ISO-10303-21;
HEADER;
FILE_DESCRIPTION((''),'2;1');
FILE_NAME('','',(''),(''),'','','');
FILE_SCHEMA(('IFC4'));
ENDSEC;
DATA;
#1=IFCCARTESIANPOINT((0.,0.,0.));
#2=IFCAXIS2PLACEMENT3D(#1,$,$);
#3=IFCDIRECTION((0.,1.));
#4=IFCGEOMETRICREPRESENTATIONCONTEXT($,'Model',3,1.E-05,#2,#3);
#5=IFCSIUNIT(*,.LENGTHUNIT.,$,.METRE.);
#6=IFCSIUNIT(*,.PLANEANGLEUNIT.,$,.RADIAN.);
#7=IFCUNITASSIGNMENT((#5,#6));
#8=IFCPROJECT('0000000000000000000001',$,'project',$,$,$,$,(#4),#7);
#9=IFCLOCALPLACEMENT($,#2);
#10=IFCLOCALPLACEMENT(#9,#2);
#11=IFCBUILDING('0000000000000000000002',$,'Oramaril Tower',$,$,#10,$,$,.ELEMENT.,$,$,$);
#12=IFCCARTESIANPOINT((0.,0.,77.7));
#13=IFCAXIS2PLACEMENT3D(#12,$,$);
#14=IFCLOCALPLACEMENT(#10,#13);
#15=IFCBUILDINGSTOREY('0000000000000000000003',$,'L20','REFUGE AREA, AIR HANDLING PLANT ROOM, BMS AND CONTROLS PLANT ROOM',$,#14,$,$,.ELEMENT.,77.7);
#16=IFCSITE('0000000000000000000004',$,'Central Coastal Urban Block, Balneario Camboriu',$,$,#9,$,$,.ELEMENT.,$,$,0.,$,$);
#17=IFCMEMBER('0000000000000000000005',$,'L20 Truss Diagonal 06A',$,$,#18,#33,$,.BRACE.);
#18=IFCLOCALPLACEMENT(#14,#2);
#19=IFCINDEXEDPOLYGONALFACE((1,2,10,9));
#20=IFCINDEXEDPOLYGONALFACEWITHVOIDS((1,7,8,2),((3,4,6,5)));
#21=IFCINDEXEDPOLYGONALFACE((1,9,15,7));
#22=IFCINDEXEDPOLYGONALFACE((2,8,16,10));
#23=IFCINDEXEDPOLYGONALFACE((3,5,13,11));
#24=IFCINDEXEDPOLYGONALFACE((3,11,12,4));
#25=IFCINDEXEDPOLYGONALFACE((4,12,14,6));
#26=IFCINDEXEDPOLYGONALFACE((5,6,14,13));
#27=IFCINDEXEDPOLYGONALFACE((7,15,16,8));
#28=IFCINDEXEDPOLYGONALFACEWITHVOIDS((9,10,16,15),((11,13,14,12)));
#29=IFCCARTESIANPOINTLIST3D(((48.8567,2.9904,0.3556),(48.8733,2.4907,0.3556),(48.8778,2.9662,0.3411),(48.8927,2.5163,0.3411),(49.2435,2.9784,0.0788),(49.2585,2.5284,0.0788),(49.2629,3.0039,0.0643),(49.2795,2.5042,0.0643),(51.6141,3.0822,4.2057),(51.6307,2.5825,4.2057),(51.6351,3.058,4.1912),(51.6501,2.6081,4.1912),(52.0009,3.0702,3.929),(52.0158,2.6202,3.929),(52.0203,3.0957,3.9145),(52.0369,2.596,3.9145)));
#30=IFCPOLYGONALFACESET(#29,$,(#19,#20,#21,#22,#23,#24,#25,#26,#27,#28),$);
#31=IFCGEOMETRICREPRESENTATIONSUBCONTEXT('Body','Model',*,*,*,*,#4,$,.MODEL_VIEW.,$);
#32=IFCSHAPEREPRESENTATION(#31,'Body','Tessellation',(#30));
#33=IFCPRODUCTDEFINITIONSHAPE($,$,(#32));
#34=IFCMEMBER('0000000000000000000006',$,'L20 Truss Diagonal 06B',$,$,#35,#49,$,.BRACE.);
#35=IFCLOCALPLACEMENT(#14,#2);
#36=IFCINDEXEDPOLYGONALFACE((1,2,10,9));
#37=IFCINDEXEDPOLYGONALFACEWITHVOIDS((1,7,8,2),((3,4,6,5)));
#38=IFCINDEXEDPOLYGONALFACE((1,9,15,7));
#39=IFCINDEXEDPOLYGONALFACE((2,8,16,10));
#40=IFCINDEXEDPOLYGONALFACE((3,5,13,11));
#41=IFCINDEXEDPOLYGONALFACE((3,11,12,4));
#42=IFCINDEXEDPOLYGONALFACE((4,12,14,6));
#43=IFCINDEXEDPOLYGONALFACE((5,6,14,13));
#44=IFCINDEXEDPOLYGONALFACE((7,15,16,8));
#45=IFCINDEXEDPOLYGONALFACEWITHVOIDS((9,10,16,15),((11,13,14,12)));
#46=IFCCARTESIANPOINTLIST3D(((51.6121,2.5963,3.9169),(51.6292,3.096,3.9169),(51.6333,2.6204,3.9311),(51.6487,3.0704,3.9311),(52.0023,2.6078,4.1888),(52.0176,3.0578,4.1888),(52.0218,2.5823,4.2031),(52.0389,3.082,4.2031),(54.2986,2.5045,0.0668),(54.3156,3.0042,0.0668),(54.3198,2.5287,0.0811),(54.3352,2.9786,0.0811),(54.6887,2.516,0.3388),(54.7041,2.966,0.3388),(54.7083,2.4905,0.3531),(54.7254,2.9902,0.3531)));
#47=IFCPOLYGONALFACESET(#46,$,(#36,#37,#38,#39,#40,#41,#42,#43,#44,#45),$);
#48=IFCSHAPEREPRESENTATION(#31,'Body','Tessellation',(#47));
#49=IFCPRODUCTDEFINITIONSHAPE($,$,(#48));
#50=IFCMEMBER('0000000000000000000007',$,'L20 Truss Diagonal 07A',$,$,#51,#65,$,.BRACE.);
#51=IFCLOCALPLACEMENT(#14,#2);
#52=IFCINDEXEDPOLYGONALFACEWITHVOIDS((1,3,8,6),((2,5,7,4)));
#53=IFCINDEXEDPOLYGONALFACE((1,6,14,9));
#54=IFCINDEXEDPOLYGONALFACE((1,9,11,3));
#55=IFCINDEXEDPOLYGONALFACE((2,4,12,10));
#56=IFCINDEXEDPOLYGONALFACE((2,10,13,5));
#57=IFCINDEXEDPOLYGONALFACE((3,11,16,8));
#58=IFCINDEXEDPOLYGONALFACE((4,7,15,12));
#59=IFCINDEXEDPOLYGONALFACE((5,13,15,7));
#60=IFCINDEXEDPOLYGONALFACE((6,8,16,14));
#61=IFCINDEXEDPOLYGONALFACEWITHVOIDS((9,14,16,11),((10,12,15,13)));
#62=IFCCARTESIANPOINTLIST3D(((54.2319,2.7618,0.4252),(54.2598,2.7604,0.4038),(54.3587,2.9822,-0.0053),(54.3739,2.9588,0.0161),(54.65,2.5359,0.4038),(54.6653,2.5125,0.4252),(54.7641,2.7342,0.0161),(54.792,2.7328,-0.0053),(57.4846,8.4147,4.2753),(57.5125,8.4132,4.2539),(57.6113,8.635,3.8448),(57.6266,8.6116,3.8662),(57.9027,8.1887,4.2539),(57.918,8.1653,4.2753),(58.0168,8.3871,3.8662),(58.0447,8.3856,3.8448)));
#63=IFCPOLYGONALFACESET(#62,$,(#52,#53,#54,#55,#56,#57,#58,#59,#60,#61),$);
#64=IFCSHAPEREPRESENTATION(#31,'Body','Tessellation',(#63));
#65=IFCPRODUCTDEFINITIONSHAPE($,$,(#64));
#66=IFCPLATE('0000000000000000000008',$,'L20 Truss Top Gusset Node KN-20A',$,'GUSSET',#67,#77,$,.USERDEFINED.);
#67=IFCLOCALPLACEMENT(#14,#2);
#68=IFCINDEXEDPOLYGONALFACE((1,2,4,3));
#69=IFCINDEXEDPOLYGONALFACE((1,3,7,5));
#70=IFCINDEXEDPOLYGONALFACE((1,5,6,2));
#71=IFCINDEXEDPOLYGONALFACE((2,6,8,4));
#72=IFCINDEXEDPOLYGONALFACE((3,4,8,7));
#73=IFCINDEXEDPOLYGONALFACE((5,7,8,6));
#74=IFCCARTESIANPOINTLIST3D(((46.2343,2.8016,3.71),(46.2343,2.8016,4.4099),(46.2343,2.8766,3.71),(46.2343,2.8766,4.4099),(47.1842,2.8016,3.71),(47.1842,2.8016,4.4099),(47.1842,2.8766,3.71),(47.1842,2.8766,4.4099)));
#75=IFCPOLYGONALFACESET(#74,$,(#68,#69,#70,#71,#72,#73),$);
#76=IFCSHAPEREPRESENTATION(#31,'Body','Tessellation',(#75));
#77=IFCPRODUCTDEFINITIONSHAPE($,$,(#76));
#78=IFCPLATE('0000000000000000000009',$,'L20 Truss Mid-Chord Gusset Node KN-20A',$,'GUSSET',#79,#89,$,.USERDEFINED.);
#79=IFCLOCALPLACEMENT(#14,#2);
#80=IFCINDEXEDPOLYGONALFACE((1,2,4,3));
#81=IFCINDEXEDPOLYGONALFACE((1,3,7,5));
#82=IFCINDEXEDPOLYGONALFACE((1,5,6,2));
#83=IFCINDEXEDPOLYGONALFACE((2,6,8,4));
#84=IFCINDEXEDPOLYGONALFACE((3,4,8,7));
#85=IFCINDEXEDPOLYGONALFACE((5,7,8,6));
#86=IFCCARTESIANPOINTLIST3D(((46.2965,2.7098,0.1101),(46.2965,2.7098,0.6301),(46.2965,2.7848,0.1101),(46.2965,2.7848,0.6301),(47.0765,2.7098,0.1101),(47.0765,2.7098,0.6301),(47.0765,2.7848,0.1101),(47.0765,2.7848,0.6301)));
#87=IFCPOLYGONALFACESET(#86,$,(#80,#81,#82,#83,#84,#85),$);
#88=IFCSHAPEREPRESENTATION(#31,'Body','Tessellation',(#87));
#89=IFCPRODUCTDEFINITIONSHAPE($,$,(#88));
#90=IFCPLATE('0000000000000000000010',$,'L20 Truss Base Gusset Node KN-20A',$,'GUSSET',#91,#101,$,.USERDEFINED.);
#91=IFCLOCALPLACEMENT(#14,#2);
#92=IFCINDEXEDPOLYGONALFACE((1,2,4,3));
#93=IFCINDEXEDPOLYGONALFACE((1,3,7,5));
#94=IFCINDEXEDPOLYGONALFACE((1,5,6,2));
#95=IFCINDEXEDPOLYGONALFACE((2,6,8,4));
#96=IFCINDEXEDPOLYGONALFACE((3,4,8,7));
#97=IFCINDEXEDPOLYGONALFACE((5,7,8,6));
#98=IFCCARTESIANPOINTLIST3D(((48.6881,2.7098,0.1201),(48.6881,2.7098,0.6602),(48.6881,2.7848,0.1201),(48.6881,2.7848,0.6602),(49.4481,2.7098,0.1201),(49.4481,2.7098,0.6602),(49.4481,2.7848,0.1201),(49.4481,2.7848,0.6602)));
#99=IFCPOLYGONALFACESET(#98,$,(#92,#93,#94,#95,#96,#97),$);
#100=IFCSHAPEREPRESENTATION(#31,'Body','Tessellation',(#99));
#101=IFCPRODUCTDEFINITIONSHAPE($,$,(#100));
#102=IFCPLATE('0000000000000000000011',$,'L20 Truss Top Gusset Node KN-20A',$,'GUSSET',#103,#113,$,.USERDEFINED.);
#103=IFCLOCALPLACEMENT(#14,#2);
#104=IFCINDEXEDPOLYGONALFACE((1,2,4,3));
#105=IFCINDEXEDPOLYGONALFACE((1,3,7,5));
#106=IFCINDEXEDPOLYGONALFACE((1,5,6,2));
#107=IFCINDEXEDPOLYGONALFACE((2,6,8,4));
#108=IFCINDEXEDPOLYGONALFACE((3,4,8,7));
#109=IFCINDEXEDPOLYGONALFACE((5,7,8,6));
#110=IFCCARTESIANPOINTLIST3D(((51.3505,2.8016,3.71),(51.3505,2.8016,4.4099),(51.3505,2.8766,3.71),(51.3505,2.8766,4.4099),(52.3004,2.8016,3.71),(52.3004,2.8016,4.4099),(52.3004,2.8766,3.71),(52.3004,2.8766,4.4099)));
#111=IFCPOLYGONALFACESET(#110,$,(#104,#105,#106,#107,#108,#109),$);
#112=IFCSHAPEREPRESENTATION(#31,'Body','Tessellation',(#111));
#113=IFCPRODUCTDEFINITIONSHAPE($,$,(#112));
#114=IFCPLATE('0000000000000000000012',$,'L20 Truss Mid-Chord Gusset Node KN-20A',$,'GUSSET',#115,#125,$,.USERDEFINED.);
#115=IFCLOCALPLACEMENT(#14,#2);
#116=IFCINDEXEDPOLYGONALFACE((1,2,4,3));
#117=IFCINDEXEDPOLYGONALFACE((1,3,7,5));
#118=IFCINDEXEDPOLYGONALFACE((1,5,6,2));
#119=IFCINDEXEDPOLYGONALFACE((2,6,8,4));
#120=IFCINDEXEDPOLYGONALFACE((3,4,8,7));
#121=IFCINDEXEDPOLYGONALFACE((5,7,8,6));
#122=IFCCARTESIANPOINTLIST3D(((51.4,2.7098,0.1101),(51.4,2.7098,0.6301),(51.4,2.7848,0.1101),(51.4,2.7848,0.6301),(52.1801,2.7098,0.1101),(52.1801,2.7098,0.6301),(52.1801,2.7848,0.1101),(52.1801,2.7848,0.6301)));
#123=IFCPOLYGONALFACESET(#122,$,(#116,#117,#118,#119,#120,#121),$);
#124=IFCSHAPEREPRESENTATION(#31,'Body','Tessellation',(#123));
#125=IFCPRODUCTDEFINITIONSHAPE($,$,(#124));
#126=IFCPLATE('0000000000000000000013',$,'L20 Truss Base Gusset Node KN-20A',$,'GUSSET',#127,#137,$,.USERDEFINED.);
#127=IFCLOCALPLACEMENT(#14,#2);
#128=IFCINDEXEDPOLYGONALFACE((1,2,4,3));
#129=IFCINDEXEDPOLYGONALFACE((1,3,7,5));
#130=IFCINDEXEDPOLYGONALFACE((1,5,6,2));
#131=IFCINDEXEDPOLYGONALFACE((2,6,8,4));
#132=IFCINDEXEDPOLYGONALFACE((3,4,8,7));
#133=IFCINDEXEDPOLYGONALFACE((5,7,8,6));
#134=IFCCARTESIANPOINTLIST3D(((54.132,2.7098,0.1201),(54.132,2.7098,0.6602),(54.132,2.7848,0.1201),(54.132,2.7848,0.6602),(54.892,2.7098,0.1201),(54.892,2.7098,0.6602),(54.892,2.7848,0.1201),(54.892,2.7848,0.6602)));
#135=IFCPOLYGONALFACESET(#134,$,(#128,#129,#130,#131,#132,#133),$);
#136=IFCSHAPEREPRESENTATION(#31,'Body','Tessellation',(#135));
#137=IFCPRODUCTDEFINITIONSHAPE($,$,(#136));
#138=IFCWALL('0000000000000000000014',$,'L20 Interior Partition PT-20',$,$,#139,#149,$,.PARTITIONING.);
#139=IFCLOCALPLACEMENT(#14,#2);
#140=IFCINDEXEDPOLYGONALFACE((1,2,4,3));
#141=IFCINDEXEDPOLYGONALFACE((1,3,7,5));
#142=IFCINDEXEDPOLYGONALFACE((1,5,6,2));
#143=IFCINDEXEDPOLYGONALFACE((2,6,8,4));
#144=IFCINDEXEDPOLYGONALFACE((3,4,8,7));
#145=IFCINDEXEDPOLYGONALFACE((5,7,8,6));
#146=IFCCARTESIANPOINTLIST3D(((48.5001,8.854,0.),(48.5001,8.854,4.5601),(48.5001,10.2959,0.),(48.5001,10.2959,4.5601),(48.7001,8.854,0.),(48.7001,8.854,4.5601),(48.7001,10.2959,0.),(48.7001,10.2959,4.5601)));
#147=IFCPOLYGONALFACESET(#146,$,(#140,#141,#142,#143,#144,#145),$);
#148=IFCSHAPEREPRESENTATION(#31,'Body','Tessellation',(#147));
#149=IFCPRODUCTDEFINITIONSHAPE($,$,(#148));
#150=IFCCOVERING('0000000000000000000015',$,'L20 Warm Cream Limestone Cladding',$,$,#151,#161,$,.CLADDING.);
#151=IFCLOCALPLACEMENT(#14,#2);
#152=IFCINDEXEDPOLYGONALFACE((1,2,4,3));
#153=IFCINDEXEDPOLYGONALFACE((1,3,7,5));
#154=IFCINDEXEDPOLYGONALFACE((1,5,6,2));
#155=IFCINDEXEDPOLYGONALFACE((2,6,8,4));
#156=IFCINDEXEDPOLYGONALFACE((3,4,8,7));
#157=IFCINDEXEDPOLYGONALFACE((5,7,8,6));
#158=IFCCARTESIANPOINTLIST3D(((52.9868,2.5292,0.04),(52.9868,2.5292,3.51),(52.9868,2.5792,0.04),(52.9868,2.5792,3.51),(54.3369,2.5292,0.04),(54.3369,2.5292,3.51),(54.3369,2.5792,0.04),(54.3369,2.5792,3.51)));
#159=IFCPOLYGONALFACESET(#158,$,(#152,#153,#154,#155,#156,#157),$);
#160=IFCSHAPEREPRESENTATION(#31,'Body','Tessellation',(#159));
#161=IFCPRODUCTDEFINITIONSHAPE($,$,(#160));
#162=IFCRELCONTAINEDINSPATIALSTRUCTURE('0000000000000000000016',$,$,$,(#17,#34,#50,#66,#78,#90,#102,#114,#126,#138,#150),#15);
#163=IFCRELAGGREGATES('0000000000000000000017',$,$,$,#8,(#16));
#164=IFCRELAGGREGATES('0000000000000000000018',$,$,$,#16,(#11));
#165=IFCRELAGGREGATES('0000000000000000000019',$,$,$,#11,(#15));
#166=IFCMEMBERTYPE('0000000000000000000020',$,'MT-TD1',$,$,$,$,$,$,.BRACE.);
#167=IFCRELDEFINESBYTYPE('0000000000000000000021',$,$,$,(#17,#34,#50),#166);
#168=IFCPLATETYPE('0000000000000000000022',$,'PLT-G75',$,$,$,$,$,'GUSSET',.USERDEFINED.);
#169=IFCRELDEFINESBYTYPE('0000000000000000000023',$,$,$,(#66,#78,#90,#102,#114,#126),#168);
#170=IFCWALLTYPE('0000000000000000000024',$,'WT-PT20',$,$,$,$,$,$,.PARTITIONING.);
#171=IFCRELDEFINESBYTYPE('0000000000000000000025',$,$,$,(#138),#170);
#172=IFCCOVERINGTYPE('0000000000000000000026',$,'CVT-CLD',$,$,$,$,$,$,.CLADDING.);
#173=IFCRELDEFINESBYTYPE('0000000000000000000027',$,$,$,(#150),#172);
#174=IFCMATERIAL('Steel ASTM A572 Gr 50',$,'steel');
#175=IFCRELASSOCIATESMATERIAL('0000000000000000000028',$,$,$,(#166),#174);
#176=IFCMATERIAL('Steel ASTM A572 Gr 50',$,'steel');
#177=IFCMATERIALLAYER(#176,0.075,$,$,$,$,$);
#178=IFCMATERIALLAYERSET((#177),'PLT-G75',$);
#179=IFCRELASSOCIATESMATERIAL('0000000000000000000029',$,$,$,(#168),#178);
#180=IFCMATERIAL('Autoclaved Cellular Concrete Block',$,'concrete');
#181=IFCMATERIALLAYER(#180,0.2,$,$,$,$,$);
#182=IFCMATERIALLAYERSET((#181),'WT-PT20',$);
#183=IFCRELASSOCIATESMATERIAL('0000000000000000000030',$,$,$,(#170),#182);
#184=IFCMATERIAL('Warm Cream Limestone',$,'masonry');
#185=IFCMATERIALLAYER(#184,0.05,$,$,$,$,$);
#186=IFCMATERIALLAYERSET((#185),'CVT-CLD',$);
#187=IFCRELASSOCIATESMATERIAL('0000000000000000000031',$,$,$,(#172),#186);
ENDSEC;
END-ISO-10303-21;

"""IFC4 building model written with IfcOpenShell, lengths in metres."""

from ifc_helpers import new_model, si_unit, direction, frame, frame_2d, origin, origin_2d, place, context, subcontext, project, spatial, rectangle, hollow_rectangle, extrude, material, layer, layer_set, material_profile, profile_set, type_object, element, save


model = new_model("IFC4")

# Units and contexts
model_context = context("Model", 3, precision=1e-05, world=origin(), true_north=direction((0.0, 1.0)))
body_context = subcontext(model_context, "Body", "Model", "MODEL_VIEW")
ifc_project = project(units=[si_unit("LENGTHUNIT", "METRE"), si_unit("PLANEANGLEUNIT", "RADIAN")], contexts=[model_context])

# Site, building, storey
site_placement = place(None, origin())
site = spatial("IfcSite", under=ifc_project, at=site_placement, Name="Central Coastal Urban Block, Balneario Camboriu", CompositionType="ELEMENT", RefElevation=0.0)
building_placement = place(site_placement, origin())
building = spatial("IfcBuilding", under=site, at=building_placement, Name="Oramaril Tower", CompositionType="ELEMENT")
storey_placement = place(building_placement, frame((0.0, 0.0, 77.7)))
storey = spatial("IfcBuildingStorey", under=building, at=storey_placement, Name="L20", Description="REFUGE AREA, AIR HANDLING PLANT ROOM, BMS AND CONTROLS PLANT ROOM", CompositionType="ELEMENT", Elevation=77.7)

# Members
ifc_material_1 = material(Name="Steel ASTM A572 Gr 50", Category="steel")
ifc_material_profile_1 = material_profile(ifc_material_1, hollow_rectangle(XDim=0.5, YDim=0.5, WallThickness=0.0249, at=origin_2d()), Name="HSS500X500X25")
ifc_profile_set_1 = profile_set([ifc_material_profile_1], Name="Steel ASTM A572 Gr 50")
member_type_1 = type_object("IfcMemberType", Name="MT-TD1", PredefinedType="BRACE", material=ifc_profile_set_1)
member_1_placement = place(storey_placement, frame((49.0681, 2.7473, 0.21), z_axis=(0.582143, 0.019381, 0.812856), x_axis=(-0.033274, 0.999446, 0.0)))
element("IfcMember", 1, at=member_1_placement, inside=storey, type_object=member_type_1, Name="L20 Truss Diagonal 06A", PredefinedType="BRACE", context=body_context, shape_type="SweptSolid", body=[
    extrude(hollow_rectangle(XDim=0.5, YDim=0.5, WallThickness=0.0249, at=origin_2d()), origin(), (0.0, 0.0, 1.0), 4.7366),
])
member_2_placement = place(storey_placement, frame((54.512, 2.7473, 0.21), z_axis=(-0.572131, 0.019549, 0.819929), x_axis=(-0.034149, -0.999417, 0.0)))
element("IfcMember", 2, at=member_2_placement, inside=storey, type_object=member_type_1, Name="L20 Truss Diagonal 06B", PredefinedType="BRACE", context=body_context, shape_type="SweptSolid", body=[
    extrude(hollow_rectangle(XDim=0.5, YDim=0.5, WallThickness=0.0249, at=origin_2d()), origin(), (0.0, 0.0, 1.0), 4.6956),
])
member_3_placement = place(storey_placement, frame((54.512, 2.7473, 0.21), z_axis=(0.429483, 0.746397, 0.508365), x_axis=(-0.866753, 0.498737, 0.0)))
element("IfcMember", 3, at=member_3_placement, inside=storey, type_object=member_type_1, Name="L20 Truss Diagonal 07A", PredefinedType="BRACE", context=body_context, shape_type="SweptSolid", body=[
    extrude(hollow_rectangle(XDim=0.5, YDim=0.5, WallThickness=0.0249, at=origin_2d()), origin(), (0.0, 0.0, 1.0), 7.5735),
])

# Plates
ifc_material_2 = material(Name="Steel ASTM A572 Gr 50", Category="steel")
ifc_layer_1 = layer(ifc_material_2, 0.075)
ifc_layer_set_1 = layer_set([ifc_layer_1], Name="PLT-G75")
plate_type = type_object("IfcPlateType", Name="PLT-G75", ElementType="GUSSET", PredefinedType="USERDEFINED", material=ifc_layer_set_1)
plate_1_placement = place(storey_placement, frame((46.7092, 2.8391, 3.71), z_axis=(0.0, 0.0, 1.0), x_axis=(1.0, 0.0, 0.0)))
element("IfcPlate", 4, at=plate_1_placement, inside=storey, type_object=plate_type, Name="L20 Truss Top Gusset Node KN-20A", ObjectType="GUSSET", PredefinedType="USERDEFINED", context=body_context, shape_type="SweptSolid", body=[
    extrude(rectangle(XDim=0.95, YDim=0.075, at=origin_2d()), origin(), (0.0, 0.0, 1.0), 0.7),
])
plate_2_placement = place(storey_placement, frame((46.6865, 2.7473, 0.1101), z_axis=(0.0, 0.0, 1.0), x_axis=(1.0, 0.0, 0.0)))
element("IfcPlate", 5, at=plate_2_placement, inside=storey, type_object=plate_type, Name="L20 Truss Mid-Chord Gusset Node KN-20A", ObjectType="GUSSET", PredefinedType="USERDEFINED", context=body_context, shape_type="SweptSolid", body=[
    extrude(rectangle(XDim=0.78, YDim=0.075, at=origin_2d()), origin(), (0.0, 0.0, 1.0), 0.52),
])
plate_3_placement = place(storey_placement, frame((49.0681, 2.7473, 0.1201), z_axis=(0.0, 0.0, 1.0), x_axis=(1.0, 0.0, 0.0)))
element("IfcPlate", 6, at=plate_3_placement, inside=storey, type_object=plate_type, Name="L20 Truss Base Gusset Node KN-20A", ObjectType="GUSSET", PredefinedType="USERDEFINED", context=body_context, shape_type="SweptSolid", body=[
    extrude(rectangle(XDim=0.76, YDim=0.075, at=origin_2d()), origin(), (0.0, 0.0, 1.0), 0.54),
])
plate_4_placement = place(storey_placement, frame((51.8254, 2.8391, 3.71), z_axis=(0.0, 0.0, 1.0), x_axis=(1.0, 0.0, 0.0)))
element("IfcPlate", 7, at=plate_4_placement, inside=storey, type_object=plate_type, Name="L20 Truss Top Gusset Node KN-20A", ObjectType="GUSSET", PredefinedType="USERDEFINED", context=body_context, shape_type="SweptSolid", body=[
    extrude(rectangle(XDim=0.95, YDim=0.075, at=origin_2d()), origin(), (0.0, 0.0, 1.0), 0.7),
])
plate_5_placement = place(storey_placement, frame((51.79, 2.7473, 0.1101), z_axis=(0.0, 0.0, 1.0), x_axis=(1.0, 0.0, 0.0)))
element("IfcPlate", 8, at=plate_5_placement, inside=storey, type_object=plate_type, Name="L20 Truss Mid-Chord Gusset Node KN-20A", ObjectType="GUSSET", PredefinedType="USERDEFINED", context=body_context, shape_type="SweptSolid", body=[
    extrude(rectangle(XDim=0.78, YDim=0.075, at=origin_2d()), origin(), (0.0, 0.0, 1.0), 0.52),
])
plate_6_placement = place(storey_placement, frame((54.512, 2.7473, 0.1201), z_axis=(0.0, 0.0, 1.0), x_axis=(1.0, 0.0, 0.0)))
element("IfcPlate", 9, at=plate_6_placement, inside=storey, type_object=plate_type, Name="L20 Truss Base Gusset Node KN-20A", ObjectType="GUSSET", PredefinedType="USERDEFINED", context=body_context, shape_type="SweptSolid", body=[
    extrude(rectangle(XDim=0.76, YDim=0.075, at=origin_2d()), origin(), (0.0, 0.0, 1.0), 0.54),
])

# Wall
ifc_material_3 = material(Name="Autoclaved Cellular Concrete Block", Category="concrete")
ifc_layer_2 = layer(ifc_material_3, 0.2)
ifc_layer_set_2 = layer_set([ifc_layer_2], Name="WT-PT20")
wall_type = type_object("IfcWallType", Name="WT-PT20", PredefinedType="PARTITIONING", material=ifc_layer_set_2)
wall_placement = place(storey_placement, frame((48.6001, 8.854, 0.0), z_axis=(0.0, 0.0, 1.0), x_axis=(0.0, 1.0, 0.0)))
element("IfcWall", 10, at=wall_placement, inside=storey, type_object=wall_type, Name="L20 Interior Partition PT-20", PredefinedType="PARTITIONING", context=body_context, shape_type="SweptSolid", body=[
    extrude(rectangle(XDim=1.4419, YDim=0.2, at=frame_2d((0.7209, 0.0))), origin(), (0.0, 0.0, 1.0), 4.5601),
])

# Covering
ifc_material_4 = material(Name="Warm Cream Limestone", Category="masonry")
ifc_layer_3 = layer(ifc_material_4, 0.05)
ifc_layer_set_3 = layer_set([ifc_layer_3], Name="CVT-CLD")
covering_type = type_object("IfcCoveringType", Name="CVT-CLD", PredefinedType="CLADDING", material=ifc_layer_set_3)
covering_placement = place(storey_placement, frame((53.6619, 2.5542, 0.04), z_axis=(0.0, 0.0, 1.0), x_axis=(1.0, 0.0, 0.0)))
element("IfcCovering", 11, at=covering_placement, inside=storey, type_object=covering_type, Name="L20 Warm Cream Limestone Cladding", PredefinedType="CLADDING", context=body_context, shape_type="SweptSolid", body=[
    extrude(rectangle(XDim=1.3501, YDim=0.05, at=origin_2d()), origin(), (0.0, 0.0, 1.0), 3.47),
])

save(model, "model.ifc")
